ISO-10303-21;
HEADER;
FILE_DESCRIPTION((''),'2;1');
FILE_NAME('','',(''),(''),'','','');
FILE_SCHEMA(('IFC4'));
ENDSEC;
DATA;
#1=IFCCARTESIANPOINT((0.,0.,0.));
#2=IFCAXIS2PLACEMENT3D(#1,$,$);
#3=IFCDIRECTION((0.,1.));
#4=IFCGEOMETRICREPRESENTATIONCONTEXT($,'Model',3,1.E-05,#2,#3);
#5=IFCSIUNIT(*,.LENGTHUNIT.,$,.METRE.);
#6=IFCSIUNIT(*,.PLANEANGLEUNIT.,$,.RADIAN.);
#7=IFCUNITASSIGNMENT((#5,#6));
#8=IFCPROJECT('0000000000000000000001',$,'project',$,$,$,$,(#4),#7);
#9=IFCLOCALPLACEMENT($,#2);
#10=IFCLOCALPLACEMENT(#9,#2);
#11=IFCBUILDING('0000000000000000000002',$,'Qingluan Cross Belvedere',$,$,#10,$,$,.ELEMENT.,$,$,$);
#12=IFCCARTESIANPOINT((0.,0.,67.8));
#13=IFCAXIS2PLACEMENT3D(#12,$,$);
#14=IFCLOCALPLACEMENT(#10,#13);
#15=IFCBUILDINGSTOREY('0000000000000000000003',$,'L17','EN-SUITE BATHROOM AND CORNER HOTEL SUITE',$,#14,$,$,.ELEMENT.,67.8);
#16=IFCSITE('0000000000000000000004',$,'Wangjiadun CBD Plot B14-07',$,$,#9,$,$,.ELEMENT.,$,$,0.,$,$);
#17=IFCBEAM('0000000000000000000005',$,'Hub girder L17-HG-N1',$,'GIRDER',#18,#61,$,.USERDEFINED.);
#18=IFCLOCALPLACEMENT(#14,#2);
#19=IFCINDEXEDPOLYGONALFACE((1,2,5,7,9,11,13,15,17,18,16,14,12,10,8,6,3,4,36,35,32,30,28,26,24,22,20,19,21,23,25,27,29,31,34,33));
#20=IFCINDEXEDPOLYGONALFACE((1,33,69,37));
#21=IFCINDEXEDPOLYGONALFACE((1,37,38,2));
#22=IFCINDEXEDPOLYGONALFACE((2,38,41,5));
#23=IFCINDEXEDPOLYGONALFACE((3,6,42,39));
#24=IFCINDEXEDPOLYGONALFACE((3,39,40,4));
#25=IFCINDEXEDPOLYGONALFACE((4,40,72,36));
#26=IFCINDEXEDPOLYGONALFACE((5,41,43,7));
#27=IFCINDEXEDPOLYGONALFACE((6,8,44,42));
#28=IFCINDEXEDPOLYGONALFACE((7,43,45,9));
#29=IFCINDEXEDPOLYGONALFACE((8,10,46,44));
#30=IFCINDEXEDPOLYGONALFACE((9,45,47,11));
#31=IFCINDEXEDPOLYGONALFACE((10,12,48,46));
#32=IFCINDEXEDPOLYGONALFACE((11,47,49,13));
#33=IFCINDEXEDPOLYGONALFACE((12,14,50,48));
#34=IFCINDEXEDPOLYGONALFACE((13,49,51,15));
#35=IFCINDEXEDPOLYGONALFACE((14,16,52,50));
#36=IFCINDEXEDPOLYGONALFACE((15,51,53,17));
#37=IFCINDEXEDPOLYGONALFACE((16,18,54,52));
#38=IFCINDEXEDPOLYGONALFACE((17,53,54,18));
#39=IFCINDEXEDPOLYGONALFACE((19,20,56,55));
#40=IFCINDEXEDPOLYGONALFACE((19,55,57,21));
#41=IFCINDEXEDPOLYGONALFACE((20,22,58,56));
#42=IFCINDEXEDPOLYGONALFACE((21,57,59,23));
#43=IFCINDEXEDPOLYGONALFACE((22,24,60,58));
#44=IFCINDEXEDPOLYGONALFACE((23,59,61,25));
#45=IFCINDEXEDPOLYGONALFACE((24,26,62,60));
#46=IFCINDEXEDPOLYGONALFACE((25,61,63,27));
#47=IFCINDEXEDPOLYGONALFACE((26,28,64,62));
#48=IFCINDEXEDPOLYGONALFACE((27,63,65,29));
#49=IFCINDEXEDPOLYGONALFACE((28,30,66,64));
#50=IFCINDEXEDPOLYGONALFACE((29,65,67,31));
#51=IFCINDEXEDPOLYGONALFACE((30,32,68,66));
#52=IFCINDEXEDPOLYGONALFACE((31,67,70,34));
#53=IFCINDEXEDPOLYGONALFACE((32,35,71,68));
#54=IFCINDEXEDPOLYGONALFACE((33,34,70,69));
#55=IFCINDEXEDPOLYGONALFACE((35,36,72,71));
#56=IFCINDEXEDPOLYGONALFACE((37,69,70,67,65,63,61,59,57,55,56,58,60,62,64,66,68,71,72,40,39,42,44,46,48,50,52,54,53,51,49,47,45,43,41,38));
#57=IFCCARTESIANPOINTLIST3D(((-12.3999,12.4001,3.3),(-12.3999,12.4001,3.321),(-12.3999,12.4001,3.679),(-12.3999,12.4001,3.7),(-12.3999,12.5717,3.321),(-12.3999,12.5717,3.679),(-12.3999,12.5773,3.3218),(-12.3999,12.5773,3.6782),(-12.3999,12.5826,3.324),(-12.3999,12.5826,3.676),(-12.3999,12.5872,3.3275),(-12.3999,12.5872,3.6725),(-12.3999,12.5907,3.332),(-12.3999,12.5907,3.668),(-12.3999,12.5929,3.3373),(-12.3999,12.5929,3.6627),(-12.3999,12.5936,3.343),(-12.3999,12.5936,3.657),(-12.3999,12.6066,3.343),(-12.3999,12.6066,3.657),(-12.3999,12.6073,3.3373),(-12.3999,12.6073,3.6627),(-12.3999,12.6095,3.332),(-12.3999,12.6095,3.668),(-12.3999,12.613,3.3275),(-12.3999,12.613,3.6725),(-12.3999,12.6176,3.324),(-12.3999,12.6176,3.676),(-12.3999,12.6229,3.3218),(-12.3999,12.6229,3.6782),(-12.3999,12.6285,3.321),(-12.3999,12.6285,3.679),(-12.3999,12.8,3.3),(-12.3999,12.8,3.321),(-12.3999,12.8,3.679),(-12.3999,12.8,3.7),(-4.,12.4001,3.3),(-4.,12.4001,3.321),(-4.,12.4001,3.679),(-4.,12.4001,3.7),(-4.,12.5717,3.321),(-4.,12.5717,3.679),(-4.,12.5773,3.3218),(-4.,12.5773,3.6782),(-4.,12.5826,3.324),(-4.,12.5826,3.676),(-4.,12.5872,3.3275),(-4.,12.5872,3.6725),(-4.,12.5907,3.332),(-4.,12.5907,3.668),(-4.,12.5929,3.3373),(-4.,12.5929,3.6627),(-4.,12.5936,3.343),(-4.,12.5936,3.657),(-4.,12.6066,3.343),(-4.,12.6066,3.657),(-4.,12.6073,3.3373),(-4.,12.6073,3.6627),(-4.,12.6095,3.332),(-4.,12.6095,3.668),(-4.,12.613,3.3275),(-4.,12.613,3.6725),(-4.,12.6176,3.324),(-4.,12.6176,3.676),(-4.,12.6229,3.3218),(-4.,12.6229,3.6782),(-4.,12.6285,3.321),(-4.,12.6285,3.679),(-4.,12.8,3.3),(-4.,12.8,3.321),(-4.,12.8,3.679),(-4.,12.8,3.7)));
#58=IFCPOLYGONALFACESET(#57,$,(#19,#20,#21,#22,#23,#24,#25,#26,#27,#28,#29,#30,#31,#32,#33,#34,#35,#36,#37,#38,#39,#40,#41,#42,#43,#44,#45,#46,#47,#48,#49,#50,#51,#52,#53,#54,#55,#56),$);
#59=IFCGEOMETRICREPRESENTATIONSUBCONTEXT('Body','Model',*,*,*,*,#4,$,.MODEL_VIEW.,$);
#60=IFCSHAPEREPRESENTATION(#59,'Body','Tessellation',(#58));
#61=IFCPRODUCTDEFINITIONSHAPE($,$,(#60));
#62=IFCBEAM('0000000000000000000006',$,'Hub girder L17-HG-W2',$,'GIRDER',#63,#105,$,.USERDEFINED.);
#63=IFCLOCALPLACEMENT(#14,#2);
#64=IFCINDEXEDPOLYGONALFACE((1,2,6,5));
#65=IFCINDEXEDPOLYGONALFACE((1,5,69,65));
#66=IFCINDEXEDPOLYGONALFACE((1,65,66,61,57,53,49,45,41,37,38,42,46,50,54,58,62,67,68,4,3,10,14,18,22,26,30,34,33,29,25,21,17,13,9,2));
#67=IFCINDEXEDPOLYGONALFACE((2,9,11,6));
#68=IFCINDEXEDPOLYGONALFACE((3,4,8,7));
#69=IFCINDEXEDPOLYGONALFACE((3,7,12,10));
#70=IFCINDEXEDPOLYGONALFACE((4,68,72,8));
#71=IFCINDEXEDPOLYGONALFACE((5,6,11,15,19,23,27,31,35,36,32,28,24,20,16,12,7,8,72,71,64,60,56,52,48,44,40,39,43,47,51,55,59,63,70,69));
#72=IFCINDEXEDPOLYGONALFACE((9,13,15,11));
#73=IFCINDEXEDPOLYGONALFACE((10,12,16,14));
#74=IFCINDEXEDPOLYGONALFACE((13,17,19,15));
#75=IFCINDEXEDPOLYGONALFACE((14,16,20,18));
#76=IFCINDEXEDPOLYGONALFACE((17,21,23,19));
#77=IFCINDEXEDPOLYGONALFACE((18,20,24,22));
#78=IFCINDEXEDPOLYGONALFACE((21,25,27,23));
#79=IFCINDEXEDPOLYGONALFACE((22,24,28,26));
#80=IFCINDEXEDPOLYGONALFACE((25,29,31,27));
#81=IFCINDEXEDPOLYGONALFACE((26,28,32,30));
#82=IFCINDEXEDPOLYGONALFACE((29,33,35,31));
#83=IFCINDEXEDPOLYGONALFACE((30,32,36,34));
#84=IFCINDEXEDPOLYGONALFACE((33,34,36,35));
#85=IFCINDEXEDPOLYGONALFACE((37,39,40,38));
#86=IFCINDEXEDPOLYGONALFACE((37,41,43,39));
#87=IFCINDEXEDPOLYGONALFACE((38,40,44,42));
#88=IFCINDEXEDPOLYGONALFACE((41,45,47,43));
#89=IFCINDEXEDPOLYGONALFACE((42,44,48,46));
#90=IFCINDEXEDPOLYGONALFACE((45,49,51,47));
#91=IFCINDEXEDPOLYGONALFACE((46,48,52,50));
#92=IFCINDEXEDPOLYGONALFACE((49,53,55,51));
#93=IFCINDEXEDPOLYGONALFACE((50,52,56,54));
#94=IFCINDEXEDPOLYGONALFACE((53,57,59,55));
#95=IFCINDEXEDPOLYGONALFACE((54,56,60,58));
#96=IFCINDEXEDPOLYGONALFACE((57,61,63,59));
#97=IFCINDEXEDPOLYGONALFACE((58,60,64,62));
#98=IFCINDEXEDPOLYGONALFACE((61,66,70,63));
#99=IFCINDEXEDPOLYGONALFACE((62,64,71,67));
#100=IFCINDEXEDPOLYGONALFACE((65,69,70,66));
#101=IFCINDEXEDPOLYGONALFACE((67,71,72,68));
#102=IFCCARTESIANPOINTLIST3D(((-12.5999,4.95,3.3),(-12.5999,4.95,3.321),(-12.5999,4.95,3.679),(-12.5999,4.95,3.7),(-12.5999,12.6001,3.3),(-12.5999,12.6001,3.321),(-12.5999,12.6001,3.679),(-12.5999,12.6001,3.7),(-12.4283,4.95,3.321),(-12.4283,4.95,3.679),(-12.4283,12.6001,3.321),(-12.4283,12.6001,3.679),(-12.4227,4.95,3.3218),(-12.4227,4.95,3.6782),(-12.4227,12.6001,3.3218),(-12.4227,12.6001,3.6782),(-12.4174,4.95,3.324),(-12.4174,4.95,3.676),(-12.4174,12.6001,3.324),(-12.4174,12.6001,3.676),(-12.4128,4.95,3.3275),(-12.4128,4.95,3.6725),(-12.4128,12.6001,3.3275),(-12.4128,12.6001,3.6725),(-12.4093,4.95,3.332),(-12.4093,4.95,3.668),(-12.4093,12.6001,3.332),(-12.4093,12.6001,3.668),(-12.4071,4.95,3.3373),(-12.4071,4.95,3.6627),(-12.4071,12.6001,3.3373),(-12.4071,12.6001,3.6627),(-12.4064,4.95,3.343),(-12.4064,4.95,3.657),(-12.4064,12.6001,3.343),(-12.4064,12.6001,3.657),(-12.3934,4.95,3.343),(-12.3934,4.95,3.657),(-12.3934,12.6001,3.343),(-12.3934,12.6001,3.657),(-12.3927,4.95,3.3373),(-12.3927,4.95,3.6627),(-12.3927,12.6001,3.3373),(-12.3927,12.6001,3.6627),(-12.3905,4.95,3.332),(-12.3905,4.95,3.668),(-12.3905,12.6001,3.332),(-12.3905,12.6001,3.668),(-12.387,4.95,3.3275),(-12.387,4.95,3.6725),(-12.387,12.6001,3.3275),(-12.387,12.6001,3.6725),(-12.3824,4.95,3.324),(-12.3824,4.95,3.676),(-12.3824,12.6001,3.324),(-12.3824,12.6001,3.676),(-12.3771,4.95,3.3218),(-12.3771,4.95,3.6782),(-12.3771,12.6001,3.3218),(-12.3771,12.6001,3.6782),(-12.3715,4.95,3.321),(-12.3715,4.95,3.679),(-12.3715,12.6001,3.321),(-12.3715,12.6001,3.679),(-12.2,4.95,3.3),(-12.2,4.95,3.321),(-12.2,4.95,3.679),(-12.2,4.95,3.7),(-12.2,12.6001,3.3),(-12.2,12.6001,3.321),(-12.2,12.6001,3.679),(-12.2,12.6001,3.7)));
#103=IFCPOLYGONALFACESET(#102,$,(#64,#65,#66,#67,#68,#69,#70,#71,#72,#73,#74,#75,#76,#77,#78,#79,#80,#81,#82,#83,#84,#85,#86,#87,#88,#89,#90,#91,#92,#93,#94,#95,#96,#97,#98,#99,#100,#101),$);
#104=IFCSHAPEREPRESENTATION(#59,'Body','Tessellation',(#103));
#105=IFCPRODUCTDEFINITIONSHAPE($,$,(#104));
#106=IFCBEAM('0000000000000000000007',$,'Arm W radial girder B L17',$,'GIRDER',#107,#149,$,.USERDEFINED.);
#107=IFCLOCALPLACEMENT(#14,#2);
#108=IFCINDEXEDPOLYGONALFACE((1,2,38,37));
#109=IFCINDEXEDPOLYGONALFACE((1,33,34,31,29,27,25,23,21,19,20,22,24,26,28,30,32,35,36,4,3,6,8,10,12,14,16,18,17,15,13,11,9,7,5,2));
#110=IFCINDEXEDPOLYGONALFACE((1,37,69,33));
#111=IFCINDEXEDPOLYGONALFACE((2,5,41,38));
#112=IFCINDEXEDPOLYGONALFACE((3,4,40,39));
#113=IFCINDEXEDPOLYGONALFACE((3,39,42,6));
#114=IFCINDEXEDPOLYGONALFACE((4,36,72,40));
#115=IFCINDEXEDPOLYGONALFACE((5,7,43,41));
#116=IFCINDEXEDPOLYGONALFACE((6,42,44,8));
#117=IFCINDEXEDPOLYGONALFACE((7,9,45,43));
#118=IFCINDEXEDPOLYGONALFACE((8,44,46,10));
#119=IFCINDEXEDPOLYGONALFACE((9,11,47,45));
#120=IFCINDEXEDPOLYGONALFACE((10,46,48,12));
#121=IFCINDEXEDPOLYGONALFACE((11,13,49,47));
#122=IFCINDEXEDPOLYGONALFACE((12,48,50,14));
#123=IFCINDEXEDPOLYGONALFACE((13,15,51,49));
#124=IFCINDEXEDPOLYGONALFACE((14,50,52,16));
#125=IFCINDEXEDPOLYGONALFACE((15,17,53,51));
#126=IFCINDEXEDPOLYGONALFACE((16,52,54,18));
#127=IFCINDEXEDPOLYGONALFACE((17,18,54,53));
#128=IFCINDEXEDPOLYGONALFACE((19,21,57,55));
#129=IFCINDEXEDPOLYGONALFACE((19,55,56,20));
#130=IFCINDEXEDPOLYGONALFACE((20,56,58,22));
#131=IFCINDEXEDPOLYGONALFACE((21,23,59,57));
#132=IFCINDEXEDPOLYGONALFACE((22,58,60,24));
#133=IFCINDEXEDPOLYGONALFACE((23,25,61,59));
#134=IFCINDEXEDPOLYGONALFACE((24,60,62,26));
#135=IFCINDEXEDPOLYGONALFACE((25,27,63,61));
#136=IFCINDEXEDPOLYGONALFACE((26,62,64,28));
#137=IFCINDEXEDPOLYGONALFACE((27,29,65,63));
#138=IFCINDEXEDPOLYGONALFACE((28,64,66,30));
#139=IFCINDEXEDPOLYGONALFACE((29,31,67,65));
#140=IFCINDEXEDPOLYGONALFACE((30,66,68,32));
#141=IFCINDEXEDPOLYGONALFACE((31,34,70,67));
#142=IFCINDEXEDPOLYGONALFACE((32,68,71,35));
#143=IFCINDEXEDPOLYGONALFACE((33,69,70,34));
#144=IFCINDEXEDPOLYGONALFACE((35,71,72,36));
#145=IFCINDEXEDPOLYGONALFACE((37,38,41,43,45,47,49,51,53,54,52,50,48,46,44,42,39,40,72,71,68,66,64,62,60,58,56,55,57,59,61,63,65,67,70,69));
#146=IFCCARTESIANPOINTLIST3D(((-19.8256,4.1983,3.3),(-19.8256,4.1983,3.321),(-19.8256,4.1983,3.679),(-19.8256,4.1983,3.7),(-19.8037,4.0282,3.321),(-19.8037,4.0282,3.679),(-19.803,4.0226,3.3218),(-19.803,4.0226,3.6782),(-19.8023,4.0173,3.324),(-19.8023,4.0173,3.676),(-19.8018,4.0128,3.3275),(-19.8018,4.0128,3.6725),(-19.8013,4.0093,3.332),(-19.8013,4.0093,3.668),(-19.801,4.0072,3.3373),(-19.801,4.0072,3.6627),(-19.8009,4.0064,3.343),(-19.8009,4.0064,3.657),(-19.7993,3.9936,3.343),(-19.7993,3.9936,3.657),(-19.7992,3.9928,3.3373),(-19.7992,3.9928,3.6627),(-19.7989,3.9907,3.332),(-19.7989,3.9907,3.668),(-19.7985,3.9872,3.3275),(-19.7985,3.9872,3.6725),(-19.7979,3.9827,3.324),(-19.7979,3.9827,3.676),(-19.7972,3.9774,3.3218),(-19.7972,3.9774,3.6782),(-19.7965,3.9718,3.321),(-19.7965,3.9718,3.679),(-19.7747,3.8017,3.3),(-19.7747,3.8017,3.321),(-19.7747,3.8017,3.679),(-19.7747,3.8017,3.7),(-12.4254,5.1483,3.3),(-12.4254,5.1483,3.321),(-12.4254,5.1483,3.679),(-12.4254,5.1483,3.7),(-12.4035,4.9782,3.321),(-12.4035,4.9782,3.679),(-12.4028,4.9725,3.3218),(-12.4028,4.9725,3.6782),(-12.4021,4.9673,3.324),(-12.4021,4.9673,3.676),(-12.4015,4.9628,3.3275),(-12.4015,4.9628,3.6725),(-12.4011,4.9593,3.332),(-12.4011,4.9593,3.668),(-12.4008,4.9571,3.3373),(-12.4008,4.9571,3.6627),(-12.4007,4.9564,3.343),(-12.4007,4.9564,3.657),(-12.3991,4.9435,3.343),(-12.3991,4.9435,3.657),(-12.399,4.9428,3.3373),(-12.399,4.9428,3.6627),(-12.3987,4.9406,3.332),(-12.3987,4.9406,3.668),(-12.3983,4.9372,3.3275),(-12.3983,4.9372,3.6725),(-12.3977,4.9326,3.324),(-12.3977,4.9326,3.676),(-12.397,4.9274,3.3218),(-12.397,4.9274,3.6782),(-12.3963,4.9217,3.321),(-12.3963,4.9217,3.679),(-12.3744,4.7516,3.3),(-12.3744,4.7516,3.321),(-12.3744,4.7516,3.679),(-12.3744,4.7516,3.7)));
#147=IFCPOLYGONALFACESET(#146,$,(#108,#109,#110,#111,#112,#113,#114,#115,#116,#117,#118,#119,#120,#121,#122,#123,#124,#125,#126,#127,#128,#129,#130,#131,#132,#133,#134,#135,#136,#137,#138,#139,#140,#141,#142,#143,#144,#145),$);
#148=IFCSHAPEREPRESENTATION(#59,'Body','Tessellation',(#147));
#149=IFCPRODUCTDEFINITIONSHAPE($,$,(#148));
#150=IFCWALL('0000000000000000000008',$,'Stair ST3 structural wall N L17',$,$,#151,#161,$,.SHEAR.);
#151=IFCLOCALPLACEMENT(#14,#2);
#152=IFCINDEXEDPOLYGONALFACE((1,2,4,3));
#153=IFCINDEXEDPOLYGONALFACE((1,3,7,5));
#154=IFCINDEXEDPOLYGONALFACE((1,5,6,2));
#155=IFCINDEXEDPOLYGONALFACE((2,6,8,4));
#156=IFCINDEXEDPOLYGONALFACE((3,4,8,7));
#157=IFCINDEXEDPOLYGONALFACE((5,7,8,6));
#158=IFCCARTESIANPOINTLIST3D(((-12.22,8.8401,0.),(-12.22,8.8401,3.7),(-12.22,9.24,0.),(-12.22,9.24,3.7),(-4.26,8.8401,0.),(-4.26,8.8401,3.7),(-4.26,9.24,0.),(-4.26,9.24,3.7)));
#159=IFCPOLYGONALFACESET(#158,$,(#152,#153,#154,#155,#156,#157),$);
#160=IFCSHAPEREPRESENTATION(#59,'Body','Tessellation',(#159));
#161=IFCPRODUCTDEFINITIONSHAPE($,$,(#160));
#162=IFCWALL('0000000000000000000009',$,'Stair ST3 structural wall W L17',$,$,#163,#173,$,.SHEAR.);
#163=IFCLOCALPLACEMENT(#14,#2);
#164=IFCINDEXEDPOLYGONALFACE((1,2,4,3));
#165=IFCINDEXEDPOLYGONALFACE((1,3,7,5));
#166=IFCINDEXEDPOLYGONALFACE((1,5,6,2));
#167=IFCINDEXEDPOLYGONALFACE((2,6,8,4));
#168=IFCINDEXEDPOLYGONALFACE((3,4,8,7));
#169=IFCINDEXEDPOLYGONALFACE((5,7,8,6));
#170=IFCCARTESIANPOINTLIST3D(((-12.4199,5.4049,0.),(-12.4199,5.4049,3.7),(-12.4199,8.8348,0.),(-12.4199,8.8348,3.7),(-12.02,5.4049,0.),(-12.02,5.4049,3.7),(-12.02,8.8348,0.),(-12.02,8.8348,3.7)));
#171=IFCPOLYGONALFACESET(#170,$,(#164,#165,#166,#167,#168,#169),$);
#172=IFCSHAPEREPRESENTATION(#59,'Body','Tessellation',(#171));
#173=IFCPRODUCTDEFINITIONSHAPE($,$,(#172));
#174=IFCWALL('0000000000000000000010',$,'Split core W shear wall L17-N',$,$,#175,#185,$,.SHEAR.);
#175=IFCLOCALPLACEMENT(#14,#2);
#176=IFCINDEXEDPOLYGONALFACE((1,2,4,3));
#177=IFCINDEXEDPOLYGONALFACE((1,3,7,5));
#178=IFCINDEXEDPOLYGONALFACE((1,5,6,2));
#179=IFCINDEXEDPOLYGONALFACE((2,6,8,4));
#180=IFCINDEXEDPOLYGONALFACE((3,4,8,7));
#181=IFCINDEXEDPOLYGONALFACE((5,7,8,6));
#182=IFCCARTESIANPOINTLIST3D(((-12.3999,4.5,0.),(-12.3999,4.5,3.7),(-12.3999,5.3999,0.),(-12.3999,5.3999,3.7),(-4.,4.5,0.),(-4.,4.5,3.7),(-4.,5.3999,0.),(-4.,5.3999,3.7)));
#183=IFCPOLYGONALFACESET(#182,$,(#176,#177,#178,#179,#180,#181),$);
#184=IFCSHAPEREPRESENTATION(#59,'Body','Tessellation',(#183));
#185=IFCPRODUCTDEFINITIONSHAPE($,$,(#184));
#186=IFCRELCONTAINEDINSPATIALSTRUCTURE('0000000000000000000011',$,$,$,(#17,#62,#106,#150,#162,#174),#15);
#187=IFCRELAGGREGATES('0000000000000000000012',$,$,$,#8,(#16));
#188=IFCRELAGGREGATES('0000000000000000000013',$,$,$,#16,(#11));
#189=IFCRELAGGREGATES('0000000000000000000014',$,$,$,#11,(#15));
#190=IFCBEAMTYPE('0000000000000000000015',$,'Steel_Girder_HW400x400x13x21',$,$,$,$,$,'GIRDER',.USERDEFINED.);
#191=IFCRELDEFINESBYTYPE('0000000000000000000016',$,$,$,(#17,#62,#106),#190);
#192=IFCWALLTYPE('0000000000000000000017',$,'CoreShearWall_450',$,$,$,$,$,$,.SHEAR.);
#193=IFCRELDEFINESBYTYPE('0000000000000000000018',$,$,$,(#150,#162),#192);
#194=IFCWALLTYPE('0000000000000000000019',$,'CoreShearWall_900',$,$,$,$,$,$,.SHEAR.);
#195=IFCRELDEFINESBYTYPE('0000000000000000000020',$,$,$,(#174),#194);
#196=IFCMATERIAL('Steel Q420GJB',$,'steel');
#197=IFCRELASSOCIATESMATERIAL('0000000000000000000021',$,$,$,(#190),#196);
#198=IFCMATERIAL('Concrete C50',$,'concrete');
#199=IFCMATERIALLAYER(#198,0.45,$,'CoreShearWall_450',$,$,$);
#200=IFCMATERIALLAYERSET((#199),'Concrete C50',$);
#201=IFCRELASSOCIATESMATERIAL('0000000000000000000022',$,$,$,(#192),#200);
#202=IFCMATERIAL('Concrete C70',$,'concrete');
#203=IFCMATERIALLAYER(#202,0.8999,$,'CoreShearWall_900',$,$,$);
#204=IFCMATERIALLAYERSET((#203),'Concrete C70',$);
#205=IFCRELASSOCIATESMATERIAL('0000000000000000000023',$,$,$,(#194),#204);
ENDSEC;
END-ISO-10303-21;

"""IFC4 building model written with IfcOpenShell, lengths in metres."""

from ifc_helpers import new_model, si_unit, direction, frame, frame_2d, origin, origin_2d, place, context, subcontext, project, spatial, rectangle, i_section, extrude, material, layer, layer_set, material_profile, profile_set, type_object, element, save


model = new_model("IFC4")

# Units and contexts
model_context = context("Model", 3, precision=1e-05, world=origin(), true_north=direction((0.0, 1.0)))
body_context = subcontext(model_context, "Body", "Model", "MODEL_VIEW")
ifc_project = project(units=[si_unit("LENGTHUNIT", "METRE"), si_unit("PLANEANGLEUNIT", "RADIAN")], contexts=[model_context])

# Site, building, storey
site_placement = place(None, origin())
site = spatial("IfcSite", under=ifc_project, at=site_placement, Name="Wangjiadun CBD Plot B14-07", CompositionType="ELEMENT", RefElevation=0.0)
building_placement = place(site_placement, origin())
building = spatial("IfcBuilding", under=site, at=building_placement, Name="Qingluan Cross Belvedere", CompositionType="ELEMENT")
storey_placement = place(building_placement, frame((0.0, 0.0, 67.8)))
storey = spatial("IfcBuildingStorey", under=building, at=storey_placement, Name="L17", Description="EN-SUITE BATHROOM AND CORNER HOTEL SUITE", CompositionType="ELEMENT", Elevation=67.8)

# Beams
ifc_material_1 = material(Name="Steel Q420GJB", Category="steel")
ifc_material_profile_1 = material_profile(ifc_material_1, i_section(OverallWidth=0.3999, OverallDepth=0.3999, WebThickness=0.0129, FlangeThickness=0.021, FilletRadius=0.022, at=origin_2d()), Name="HW400x400x13x21")
ifc_profile_set_1 = profile_set([ifc_material_profile_1], Name="Steel Q420GJB")
beam_type_1 = type_object("IfcBeamType", Name="Steel_Girder_HW400x400x13x21", ElementType="GIRDER", PredefinedType="USERDEFINED", material=ifc_profile_set_1)
beam_1_placement = place(storey_placement, frame((-12.3999, 12.6001, 3.5), z_axis=(1.0, 0.0, 0.0), x_axis=(0.0, 1.0, 0.0)))
element("IfcBeam", 1, at=beam_1_placement, inside=storey, type_object=beam_type_1, Name="Hub girder L17-HG-N1", ObjectType="GIRDER", PredefinedType="USERDEFINED", context=body_context, shape_type="SweptSolid", body=[
    extrude(i_section(OverallWidth=0.3999, OverallDepth=0.3999, WebThickness=0.0129, FlangeThickness=0.021, FilletRadius=0.022, at=origin_2d()), origin(), (0.0, 0.0, 1.0), 8.3999),
])
beam_2_placement = place(storey_placement, frame((-12.3999, 4.95, 3.5), z_axis=(0.0, 1.0, 0.0), x_axis=(-1.0, 0.0, 0.0)))
element("IfcBeam", 2, at=beam_2_placement, inside=storey, type_object=beam_type_1, Name="Hub girder L17-HG-W2", ObjectType="GIRDER", PredefinedType="USERDEFINED", context=body_context, shape_type="SweptSolid", body=[
    extrude(i_section(OverallWidth=0.3999, OverallDepth=0.3999, WebThickness=0.0129, FlangeThickness=0.021, FilletRadius=0.022, at=origin_2d()), origin(), (0.0, 0.0, 1.0), 7.6501),
])
beam_3_placement = place(storey_placement, frame((-12.3999, 4.95, 3.5), z_axis=(-0.991861, -0.127324, 0.0), x_axis=(0.127324, -0.991861, 0.0)))
element("IfcBeam", 3, at=beam_3_placement, inside=storey, type_object=beam_type_1, Name="Arm W radial girder B L17", ObjectType="GIRDER", PredefinedType="USERDEFINED", context=body_context, shape_type="SweptSolid", body=[
    extrude(i_section(OverallWidth=0.3999, OverallDepth=0.3999, WebThickness=0.0129, FlangeThickness=0.021, FilletRadius=0.022, at=origin_2d()), origin(), (0.0, 0.0, 1.0), 7.4609),
])

# Walls
ifc_material_2 = material(Name="Concrete C50", Category="concrete")
ifc_layer_1 = layer(ifc_material_2, 0.45, Name="CoreShearWall_450")
ifc_layer_set_1 = layer_set([ifc_layer_1], Name="Concrete C50")
wall_type_1 = type_object("IfcWallType", Name="CoreShearWall_450", PredefinedType="SHEAR", material=ifc_layer_set_1)
wall_1_placement = place(storey_placement, frame((-12.22, 9.04, 0.0), z_axis=(0.0, 0.0, 1.0), x_axis=(1.0, 0.0, 0.0)))
element("IfcWall", 4, at=wall_1_placement, inside=storey, type_object=wall_type_1, Name="Stair ST3 structural wall N L17", PredefinedType="SHEAR", context=body_context, shape_type="SweptSolid", body=[
    extrude(rectangle(XDim=7.96, YDim=0.3999, at=frame_2d((3.98, 0.0))), origin(), (0.0, 0.0, 1.0), 3.7),
])
wall_2_placement = place(storey_placement, frame((-12.22, 5.405, 0.0), z_axis=(0.0, 0.0, 1.0), x_axis=(0.0, 1.0, 0.0)))
element("IfcWall", 5, at=wall_2_placement, inside=storey, type_object=wall_type_1, Name="Stair ST3 structural wall W L17", PredefinedType="SHEAR", context=body_context, shape_type="SweptSolid", body=[
    extrude(rectangle(XDim=3.4299, YDim=0.3999, at=frame_2d((1.7148, 0.0))), origin(), (0.0, 0.0, 1.0), 3.7),
])
ifc_material_3 = material(Name="Concrete C70", Category="concrete")
ifc_layer_2 = layer(ifc_material_3, 0.8999, Name="CoreShearWall_900")
ifc_layer_set_2 = layer_set([ifc_layer_2], Name="Concrete C70")
wall_type_2 = type_object("IfcWallType", Name="CoreShearWall_900", PredefinedType="SHEAR", material=ifc_layer_set_2)
wall_3_placement = place(storey_placement, frame((-12.3999, 4.95, 0.0), z_axis=(0.0, 0.0, 1.0), x_axis=(1.0, 0.0, 0.0)))
element("IfcWall", 6, at=wall_3_placement, inside=storey, type_object=wall_type_2, Name="Split core W shear wall L17-N", PredefinedType="SHEAR", context=body_context, shape_type="SweptSolid", body=[
    extrude(rectangle(XDim=8.3999, YDim=0.8999, at=frame_2d((4.2, 0.0))), origin(), (0.0, 0.0, 1.0), 3.7),
])

save(model, "model.ifc")
